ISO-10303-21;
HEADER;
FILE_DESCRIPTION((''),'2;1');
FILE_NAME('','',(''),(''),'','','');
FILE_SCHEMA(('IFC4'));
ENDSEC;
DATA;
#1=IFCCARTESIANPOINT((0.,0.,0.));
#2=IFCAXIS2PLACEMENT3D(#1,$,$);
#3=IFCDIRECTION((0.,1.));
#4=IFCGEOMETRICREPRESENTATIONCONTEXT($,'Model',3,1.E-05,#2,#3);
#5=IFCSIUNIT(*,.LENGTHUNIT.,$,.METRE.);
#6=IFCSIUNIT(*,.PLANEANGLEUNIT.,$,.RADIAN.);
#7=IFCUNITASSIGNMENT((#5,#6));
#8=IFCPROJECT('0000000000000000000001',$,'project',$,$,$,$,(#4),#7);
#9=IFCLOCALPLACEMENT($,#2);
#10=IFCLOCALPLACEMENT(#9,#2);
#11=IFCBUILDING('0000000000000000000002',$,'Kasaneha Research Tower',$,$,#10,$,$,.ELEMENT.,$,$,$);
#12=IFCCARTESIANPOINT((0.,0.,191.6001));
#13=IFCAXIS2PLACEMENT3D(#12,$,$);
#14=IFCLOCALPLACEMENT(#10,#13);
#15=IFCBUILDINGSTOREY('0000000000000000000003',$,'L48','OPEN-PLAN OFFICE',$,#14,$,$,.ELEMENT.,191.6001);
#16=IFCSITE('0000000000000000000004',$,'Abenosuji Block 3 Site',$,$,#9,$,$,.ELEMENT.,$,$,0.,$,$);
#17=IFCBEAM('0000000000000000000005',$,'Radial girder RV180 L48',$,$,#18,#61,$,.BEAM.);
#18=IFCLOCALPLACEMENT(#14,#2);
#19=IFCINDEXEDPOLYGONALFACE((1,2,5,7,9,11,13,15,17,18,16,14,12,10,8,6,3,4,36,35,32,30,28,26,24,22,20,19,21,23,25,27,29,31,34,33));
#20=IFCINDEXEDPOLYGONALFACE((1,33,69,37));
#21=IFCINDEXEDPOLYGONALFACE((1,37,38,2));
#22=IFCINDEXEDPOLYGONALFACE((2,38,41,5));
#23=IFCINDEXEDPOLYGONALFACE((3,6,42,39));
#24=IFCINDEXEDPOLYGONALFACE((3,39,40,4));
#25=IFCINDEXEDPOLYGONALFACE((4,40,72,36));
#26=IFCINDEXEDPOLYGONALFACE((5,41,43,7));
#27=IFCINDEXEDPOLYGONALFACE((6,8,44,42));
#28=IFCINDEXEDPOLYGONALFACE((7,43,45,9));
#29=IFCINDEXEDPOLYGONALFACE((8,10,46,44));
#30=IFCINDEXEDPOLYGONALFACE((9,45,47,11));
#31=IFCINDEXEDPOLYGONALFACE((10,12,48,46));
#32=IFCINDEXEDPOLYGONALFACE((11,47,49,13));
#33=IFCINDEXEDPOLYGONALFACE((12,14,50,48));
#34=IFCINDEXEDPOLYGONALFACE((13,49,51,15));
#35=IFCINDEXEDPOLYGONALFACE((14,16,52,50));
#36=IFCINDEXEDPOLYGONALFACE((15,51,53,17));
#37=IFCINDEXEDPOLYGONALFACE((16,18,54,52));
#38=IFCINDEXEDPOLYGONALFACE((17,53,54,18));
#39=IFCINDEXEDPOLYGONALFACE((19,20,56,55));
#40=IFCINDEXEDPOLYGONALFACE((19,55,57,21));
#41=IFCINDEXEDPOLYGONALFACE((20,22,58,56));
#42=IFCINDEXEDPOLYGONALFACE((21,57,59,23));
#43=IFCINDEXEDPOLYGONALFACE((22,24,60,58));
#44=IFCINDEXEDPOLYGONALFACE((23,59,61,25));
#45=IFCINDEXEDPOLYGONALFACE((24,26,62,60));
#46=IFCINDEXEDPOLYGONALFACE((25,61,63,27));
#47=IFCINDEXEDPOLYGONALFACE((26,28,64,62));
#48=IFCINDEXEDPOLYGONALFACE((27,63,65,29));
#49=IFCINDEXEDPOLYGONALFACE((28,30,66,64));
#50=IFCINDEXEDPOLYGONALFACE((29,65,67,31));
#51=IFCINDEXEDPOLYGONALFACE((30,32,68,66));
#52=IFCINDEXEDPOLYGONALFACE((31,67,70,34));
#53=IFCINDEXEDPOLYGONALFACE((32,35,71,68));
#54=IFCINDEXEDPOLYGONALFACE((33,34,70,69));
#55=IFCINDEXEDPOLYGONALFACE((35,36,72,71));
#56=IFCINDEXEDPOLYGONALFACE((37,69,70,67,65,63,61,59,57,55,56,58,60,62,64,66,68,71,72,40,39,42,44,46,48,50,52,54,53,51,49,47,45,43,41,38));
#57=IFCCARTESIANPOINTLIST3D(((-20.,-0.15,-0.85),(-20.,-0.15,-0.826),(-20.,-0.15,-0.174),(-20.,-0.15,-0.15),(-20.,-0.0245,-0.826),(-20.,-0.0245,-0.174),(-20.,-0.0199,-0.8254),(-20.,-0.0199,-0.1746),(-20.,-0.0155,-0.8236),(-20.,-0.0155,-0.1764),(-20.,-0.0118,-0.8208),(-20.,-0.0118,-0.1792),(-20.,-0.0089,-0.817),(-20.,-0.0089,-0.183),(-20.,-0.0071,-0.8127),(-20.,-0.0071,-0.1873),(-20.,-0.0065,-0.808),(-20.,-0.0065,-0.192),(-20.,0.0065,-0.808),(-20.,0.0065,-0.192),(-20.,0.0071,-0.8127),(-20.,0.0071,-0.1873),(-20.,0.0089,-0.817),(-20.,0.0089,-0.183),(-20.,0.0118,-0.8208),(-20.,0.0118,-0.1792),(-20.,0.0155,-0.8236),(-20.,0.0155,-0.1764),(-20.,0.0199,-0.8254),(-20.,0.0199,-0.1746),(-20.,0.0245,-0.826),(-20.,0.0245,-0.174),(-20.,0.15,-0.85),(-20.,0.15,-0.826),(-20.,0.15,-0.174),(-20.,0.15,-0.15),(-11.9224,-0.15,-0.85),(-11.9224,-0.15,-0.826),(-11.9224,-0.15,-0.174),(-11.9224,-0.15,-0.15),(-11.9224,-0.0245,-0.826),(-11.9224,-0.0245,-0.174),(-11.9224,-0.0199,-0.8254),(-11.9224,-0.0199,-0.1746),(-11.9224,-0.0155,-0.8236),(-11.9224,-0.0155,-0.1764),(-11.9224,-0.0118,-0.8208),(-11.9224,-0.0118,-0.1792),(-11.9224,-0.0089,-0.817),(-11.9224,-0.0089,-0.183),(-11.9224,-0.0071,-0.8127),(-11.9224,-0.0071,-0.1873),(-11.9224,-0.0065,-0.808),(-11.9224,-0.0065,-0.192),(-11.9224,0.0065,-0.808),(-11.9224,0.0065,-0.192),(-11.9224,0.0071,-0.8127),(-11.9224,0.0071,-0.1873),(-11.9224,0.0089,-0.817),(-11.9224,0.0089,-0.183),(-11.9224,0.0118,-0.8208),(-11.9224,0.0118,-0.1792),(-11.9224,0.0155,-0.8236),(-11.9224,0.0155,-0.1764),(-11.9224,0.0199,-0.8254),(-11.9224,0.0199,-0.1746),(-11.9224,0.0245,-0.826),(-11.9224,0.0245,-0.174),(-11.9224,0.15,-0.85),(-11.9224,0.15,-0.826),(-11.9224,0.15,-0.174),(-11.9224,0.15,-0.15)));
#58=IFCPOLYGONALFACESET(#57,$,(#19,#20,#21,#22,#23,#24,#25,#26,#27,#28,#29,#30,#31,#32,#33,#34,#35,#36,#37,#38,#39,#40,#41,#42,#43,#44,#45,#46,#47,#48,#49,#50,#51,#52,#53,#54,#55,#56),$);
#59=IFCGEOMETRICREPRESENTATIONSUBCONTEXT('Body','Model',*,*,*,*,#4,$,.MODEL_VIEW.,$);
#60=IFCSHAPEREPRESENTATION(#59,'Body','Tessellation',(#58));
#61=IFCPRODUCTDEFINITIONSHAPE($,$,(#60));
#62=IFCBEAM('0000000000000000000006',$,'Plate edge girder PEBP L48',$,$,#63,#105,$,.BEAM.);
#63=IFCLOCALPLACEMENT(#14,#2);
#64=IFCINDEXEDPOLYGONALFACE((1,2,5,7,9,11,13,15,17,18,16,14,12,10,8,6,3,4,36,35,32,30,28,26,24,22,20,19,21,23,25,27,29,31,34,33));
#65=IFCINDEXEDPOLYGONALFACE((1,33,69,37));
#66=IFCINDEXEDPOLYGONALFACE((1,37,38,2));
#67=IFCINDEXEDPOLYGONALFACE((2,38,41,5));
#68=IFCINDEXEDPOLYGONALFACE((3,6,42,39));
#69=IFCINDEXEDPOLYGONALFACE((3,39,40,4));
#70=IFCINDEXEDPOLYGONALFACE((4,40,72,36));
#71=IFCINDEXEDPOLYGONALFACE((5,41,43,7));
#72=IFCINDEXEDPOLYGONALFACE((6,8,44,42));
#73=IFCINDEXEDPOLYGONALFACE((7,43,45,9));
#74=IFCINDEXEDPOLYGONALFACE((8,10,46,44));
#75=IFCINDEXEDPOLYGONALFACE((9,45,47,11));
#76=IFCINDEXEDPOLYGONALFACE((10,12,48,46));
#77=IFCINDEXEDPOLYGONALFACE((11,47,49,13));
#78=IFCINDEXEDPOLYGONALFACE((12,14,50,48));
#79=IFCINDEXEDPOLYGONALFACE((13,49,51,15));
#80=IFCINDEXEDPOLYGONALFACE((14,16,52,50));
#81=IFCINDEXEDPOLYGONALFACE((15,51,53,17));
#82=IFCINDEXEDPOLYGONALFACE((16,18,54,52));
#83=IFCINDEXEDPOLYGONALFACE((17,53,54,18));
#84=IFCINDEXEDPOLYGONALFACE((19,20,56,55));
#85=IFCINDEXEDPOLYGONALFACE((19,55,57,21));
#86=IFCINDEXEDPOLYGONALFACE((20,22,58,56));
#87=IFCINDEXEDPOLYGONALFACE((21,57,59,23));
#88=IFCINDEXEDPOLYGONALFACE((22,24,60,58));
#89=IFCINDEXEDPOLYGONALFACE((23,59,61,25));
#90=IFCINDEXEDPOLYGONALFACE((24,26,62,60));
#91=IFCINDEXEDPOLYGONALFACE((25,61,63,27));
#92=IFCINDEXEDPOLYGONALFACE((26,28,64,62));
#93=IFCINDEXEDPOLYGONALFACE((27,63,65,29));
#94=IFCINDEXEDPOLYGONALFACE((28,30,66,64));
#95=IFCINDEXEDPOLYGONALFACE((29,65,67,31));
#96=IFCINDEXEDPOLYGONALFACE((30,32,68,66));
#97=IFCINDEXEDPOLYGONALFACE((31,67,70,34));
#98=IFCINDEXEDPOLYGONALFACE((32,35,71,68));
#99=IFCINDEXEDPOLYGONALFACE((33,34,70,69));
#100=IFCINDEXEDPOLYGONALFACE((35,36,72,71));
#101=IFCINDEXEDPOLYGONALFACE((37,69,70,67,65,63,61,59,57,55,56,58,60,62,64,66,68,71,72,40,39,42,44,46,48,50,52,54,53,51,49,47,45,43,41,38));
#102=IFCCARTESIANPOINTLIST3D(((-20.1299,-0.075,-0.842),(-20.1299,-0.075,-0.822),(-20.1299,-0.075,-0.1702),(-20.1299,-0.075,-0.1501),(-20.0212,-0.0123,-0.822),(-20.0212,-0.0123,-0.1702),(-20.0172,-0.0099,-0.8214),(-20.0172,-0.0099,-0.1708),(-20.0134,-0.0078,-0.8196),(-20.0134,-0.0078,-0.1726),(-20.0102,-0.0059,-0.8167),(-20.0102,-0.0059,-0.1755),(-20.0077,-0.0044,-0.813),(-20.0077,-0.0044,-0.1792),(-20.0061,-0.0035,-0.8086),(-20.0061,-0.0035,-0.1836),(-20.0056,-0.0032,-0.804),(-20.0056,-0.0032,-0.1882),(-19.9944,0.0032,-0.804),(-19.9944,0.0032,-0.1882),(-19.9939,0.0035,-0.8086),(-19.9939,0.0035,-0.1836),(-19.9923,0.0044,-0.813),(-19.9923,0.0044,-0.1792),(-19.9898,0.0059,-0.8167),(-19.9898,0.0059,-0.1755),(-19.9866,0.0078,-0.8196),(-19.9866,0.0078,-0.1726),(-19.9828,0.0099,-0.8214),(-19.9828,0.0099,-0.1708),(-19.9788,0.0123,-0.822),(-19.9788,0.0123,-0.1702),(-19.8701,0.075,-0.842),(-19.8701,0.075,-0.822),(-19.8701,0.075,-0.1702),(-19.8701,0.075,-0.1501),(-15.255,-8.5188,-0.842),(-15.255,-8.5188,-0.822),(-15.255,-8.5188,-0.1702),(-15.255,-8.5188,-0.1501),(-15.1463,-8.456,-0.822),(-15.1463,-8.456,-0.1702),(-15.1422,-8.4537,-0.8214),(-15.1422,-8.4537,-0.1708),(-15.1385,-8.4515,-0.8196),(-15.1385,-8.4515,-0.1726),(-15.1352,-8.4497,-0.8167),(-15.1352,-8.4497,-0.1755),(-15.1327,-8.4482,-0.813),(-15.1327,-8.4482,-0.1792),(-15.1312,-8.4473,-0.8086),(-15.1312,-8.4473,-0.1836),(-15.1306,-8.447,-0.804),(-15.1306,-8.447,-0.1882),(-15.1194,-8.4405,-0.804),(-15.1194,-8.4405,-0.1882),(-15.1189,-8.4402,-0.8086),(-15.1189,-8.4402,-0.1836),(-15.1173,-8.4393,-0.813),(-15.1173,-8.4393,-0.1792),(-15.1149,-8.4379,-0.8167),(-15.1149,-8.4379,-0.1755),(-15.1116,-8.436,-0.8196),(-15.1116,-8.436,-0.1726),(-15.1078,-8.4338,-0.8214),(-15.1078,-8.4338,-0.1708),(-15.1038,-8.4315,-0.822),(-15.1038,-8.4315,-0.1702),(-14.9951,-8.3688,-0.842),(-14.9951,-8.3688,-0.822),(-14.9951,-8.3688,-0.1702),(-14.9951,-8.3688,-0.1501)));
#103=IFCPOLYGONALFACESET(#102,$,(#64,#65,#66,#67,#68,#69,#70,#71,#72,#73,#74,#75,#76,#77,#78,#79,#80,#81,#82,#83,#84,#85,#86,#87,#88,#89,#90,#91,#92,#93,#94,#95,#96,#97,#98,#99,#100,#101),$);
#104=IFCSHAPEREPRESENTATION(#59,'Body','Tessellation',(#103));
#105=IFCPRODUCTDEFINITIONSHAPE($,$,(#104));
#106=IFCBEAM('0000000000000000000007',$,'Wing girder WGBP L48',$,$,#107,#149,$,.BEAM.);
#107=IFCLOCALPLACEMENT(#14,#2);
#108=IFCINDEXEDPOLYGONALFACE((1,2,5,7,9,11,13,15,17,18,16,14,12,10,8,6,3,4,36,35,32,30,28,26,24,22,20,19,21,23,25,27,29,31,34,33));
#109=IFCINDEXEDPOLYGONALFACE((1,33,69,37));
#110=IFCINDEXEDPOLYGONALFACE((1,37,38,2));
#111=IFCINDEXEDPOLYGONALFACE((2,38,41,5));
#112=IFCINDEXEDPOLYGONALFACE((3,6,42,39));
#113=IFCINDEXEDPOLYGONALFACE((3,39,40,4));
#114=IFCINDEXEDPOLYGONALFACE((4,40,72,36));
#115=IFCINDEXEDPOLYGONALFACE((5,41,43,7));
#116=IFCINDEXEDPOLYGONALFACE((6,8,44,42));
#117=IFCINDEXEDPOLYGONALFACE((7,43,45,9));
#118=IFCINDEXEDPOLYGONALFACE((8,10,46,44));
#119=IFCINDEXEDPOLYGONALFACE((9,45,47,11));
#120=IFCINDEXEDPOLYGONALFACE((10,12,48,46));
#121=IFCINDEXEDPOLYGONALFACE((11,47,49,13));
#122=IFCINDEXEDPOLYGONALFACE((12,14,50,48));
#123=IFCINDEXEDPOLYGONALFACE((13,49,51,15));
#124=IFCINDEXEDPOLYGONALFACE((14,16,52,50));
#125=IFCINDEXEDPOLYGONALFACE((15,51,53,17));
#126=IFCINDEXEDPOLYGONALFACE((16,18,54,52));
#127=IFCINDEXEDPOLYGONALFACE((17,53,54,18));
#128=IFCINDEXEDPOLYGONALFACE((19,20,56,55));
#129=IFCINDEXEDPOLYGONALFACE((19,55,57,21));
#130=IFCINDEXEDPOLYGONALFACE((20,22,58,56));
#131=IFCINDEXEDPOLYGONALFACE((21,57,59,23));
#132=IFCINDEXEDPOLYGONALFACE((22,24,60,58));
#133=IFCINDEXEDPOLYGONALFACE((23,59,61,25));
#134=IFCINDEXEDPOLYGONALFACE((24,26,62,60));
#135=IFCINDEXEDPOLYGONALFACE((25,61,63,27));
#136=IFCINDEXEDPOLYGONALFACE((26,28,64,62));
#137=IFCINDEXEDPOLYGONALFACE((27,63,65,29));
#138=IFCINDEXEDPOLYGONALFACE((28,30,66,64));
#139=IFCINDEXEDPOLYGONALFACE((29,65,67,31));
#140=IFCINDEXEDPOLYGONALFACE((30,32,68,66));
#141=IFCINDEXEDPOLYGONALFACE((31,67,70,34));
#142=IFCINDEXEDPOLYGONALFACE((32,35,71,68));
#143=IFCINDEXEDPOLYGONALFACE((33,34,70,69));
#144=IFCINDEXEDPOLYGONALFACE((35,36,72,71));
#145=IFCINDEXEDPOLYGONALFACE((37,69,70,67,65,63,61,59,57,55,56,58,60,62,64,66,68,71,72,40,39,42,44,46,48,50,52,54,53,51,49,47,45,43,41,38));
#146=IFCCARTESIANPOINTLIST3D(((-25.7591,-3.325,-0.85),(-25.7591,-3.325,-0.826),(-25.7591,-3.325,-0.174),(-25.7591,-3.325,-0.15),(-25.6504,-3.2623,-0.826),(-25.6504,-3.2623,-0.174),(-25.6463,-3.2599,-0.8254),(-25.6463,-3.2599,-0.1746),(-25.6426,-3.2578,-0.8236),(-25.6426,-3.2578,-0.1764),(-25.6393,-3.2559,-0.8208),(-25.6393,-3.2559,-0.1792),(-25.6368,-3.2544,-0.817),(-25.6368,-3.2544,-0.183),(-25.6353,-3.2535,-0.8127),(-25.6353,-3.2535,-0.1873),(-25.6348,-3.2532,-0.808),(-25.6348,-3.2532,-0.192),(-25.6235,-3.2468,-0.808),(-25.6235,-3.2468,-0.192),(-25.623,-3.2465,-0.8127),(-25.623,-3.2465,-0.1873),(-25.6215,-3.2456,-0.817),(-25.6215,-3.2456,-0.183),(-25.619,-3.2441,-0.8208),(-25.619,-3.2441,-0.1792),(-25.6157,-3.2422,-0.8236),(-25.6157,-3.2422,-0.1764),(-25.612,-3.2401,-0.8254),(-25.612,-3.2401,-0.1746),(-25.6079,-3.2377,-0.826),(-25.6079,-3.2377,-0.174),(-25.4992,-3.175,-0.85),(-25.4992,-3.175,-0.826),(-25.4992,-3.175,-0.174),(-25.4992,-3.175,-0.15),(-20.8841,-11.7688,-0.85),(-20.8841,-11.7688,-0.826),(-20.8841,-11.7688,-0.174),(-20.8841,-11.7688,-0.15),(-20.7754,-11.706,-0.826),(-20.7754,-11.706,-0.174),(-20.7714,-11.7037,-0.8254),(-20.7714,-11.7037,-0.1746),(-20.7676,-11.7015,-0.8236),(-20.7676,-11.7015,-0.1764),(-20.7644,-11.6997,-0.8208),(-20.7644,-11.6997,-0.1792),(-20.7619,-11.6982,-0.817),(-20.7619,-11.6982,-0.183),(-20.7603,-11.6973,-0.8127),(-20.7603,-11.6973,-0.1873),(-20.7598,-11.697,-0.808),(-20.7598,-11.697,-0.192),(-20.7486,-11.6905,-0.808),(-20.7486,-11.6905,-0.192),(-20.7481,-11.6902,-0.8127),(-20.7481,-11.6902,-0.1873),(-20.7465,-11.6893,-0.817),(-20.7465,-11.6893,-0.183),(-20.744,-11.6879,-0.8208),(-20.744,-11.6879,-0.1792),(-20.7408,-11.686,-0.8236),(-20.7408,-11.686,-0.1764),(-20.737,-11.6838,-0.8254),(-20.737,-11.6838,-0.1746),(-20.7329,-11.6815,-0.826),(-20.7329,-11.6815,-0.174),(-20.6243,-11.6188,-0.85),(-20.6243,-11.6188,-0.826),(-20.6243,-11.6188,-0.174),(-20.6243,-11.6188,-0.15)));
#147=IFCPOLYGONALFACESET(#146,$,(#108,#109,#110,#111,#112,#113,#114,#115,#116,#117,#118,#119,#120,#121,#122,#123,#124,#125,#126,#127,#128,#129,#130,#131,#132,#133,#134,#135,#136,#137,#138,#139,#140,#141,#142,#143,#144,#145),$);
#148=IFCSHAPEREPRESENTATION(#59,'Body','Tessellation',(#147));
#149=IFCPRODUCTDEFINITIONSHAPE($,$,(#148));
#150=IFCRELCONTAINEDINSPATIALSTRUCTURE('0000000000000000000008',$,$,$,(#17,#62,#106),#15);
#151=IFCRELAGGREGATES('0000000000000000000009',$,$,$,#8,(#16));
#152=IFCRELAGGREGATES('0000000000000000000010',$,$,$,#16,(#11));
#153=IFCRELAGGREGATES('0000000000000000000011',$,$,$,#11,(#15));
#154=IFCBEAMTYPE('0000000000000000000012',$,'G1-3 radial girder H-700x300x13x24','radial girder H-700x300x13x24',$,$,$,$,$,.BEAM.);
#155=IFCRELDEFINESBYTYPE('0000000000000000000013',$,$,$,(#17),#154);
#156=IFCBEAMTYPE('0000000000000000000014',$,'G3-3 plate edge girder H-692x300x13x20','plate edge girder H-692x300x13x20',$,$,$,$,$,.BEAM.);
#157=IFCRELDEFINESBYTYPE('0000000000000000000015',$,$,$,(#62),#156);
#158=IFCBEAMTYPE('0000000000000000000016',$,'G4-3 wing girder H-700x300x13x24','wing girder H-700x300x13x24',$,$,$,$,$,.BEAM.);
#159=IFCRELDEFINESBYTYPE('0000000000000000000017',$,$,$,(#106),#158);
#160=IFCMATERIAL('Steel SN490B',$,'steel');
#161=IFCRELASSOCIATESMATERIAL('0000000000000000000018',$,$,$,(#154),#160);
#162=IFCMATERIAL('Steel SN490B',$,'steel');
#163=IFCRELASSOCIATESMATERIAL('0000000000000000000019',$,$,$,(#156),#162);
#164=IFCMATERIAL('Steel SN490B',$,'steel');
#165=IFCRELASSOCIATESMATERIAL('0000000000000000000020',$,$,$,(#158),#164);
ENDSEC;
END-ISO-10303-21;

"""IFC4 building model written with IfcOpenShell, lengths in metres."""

from ifc_helpers import new_model, si_unit, direction, frame, origin, origin_2d, place, context, subcontext, project, spatial, i_section, extrude, material, material_profile, profile_set, type_object, element, save


model = new_model("IFC4")

# Units and contexts
model_context = context("Model", 3, precision=1e-05, world=origin(), true_north=direction((0.0, 1.0)))
body_context = subcontext(model_context, "Body", "Model", "MODEL_VIEW")
ifc_project = project(units=[si_unit("LENGTHUNIT", "METRE"), si_unit("PLANEANGLEUNIT", "RADIAN")], contexts=[model_context])

# Site, building, storey
site_placement = place(None, origin())
site = spatial("IfcSite", under=ifc_project, at=site_placement, Name="Abenosuji Block 3 Site", CompositionType="ELEMENT", RefElevation=0.0)
building_placement = place(site_placement, origin())
building = spatial("IfcBuilding", under=site, at=building_placement, Name="Kasaneha Research Tower", CompositionType="ELEMENT")
storey_placement = place(building_placement, frame((0.0, 0.0, 191.6001)))
storey = spatial("IfcBuildingStorey", under=building, at=storey_placement, Name="L48", Description="OPEN-PLAN OFFICE", CompositionType="ELEMENT", Elevation=191.6001)

# Beams
ifc_material_1 = material(Name="Steel SN490B", Category="steel")
ifc_material_profile_1 = material_profile(ifc_material_1, i_section(OverallWidth=0.3, OverallDepth=0.7, WebThickness=0.0129, FlangeThickness=0.0239, FilletRadius=0.0181, at=origin_2d()), Name="H-700x300x13x24")
ifc_profile_set_1 = profile_set([ifc_material_profile_1], Name="Steel SN490B")
beam_type_1 = type_object("IfcBeamType", Name="G1-3 radial girder H-700x300x13x24", Description="radial girder H-700x300x13x24", PredefinedType="BEAM", material=ifc_profile_set_1)
beam_1_placement = place(storey_placement, frame((-11.9224, 0.0, -0.5), z_axis=(-1.0, 0.0, 0.0), x_axis=(0.0, -1.0, 0.0)))
element("IfcBeam", 1, at=beam_1_placement, inside=storey, type_object=beam_type_1, Name="Radial girder RV180 L48", PredefinedType="BEAM", context=body_context, shape_type="SweptSolid", body=[
    extrude(i_section(OverallWidth=0.3, OverallDepth=0.7, WebThickness=0.0129, FlangeThickness=0.0239, FilletRadius=0.0181, at=origin_2d()), origin(), (0.0, 0.0, 1.0), 8.0776),
])
ifc_material_2 = material(Name="Steel SN490B", Category="steel")
ifc_material_profile_2 = material_profile(ifc_material_2, i_section(OverallWidth=0.3, OverallDepth=0.6919, WebThickness=0.0129, FlangeThickness=0.02, FilletRadius=0.0181, at=origin_2d()), Name="H-692x300x13x20")
ifc_profile_set_2 = profile_set([ifc_material_profile_2], Name="Steel SN490B")
beam_type_2 = type_object("IfcBeamType", Name="G3-3 plate edge girder H-692x300x13x20", Description="plate edge girder H-692x300x13x20", PredefinedType="BEAM", material=ifc_profile_set_2)
beam_2_placement = place(storey_placement, frame((-20.0, 0.0, -0.4961), z_axis=(0.499996, -0.866028, 0.0), x_axis=(0.866028, 0.499996, 0.0)))
element("IfcBeam", 2, at=beam_2_placement, inside=storey, type_object=beam_type_2, Name="Plate edge girder PEBP L48", PredefinedType="BEAM", context=body_context, shape_type="SweptSolid", body=[
    extrude(i_section(OverallWidth=0.3, OverallDepth=0.6919, WebThickness=0.0129, FlangeThickness=0.02, FilletRadius=0.0181, at=origin_2d()), origin(), (0.0, 0.0, 1.0), 9.75),
])
ifc_material_3 = material(Name="Steel SN490B", Category="steel")
ifc_material_profile_3 = material_profile(ifc_material_3, i_section(OverallWidth=0.3, OverallDepth=0.7, WebThickness=0.0129, FlangeThickness=0.0239, FilletRadius=0.0181, at=origin_2d()), Name="H-700x300x13x24")
ifc_profile_set_3 = profile_set([ifc_material_profile_3], Name="Steel SN490B")
beam_type_3 = type_object("IfcBeamType", Name="G4-3 wing girder H-700x300x13x24", Description="wing girder H-700x300x13x24", PredefinedType="BEAM", material=ifc_profile_set_3)
beam_3_placement = place(storey_placement, frame((-25.6292, -3.25, -0.5), z_axis=(0.499996, -0.866028, 0.0), x_axis=(0.866028, 0.499996, 0.0)))
element("IfcBeam", 3, at=beam_3_placement, inside=storey, type_object=beam_type_3, Name="Wing girder WGBP L48", PredefinedType="BEAM", context=body_context, shape_type="SweptSolid", body=[
    extrude(i_section(OverallWidth=0.3, OverallDepth=0.7, WebThickness=0.0129, FlangeThickness=0.0239, FilletRadius=0.0181, at=origin_2d()), origin(), (0.0, 0.0, 1.0), 9.75),
])

save(model, "model.ifc")
